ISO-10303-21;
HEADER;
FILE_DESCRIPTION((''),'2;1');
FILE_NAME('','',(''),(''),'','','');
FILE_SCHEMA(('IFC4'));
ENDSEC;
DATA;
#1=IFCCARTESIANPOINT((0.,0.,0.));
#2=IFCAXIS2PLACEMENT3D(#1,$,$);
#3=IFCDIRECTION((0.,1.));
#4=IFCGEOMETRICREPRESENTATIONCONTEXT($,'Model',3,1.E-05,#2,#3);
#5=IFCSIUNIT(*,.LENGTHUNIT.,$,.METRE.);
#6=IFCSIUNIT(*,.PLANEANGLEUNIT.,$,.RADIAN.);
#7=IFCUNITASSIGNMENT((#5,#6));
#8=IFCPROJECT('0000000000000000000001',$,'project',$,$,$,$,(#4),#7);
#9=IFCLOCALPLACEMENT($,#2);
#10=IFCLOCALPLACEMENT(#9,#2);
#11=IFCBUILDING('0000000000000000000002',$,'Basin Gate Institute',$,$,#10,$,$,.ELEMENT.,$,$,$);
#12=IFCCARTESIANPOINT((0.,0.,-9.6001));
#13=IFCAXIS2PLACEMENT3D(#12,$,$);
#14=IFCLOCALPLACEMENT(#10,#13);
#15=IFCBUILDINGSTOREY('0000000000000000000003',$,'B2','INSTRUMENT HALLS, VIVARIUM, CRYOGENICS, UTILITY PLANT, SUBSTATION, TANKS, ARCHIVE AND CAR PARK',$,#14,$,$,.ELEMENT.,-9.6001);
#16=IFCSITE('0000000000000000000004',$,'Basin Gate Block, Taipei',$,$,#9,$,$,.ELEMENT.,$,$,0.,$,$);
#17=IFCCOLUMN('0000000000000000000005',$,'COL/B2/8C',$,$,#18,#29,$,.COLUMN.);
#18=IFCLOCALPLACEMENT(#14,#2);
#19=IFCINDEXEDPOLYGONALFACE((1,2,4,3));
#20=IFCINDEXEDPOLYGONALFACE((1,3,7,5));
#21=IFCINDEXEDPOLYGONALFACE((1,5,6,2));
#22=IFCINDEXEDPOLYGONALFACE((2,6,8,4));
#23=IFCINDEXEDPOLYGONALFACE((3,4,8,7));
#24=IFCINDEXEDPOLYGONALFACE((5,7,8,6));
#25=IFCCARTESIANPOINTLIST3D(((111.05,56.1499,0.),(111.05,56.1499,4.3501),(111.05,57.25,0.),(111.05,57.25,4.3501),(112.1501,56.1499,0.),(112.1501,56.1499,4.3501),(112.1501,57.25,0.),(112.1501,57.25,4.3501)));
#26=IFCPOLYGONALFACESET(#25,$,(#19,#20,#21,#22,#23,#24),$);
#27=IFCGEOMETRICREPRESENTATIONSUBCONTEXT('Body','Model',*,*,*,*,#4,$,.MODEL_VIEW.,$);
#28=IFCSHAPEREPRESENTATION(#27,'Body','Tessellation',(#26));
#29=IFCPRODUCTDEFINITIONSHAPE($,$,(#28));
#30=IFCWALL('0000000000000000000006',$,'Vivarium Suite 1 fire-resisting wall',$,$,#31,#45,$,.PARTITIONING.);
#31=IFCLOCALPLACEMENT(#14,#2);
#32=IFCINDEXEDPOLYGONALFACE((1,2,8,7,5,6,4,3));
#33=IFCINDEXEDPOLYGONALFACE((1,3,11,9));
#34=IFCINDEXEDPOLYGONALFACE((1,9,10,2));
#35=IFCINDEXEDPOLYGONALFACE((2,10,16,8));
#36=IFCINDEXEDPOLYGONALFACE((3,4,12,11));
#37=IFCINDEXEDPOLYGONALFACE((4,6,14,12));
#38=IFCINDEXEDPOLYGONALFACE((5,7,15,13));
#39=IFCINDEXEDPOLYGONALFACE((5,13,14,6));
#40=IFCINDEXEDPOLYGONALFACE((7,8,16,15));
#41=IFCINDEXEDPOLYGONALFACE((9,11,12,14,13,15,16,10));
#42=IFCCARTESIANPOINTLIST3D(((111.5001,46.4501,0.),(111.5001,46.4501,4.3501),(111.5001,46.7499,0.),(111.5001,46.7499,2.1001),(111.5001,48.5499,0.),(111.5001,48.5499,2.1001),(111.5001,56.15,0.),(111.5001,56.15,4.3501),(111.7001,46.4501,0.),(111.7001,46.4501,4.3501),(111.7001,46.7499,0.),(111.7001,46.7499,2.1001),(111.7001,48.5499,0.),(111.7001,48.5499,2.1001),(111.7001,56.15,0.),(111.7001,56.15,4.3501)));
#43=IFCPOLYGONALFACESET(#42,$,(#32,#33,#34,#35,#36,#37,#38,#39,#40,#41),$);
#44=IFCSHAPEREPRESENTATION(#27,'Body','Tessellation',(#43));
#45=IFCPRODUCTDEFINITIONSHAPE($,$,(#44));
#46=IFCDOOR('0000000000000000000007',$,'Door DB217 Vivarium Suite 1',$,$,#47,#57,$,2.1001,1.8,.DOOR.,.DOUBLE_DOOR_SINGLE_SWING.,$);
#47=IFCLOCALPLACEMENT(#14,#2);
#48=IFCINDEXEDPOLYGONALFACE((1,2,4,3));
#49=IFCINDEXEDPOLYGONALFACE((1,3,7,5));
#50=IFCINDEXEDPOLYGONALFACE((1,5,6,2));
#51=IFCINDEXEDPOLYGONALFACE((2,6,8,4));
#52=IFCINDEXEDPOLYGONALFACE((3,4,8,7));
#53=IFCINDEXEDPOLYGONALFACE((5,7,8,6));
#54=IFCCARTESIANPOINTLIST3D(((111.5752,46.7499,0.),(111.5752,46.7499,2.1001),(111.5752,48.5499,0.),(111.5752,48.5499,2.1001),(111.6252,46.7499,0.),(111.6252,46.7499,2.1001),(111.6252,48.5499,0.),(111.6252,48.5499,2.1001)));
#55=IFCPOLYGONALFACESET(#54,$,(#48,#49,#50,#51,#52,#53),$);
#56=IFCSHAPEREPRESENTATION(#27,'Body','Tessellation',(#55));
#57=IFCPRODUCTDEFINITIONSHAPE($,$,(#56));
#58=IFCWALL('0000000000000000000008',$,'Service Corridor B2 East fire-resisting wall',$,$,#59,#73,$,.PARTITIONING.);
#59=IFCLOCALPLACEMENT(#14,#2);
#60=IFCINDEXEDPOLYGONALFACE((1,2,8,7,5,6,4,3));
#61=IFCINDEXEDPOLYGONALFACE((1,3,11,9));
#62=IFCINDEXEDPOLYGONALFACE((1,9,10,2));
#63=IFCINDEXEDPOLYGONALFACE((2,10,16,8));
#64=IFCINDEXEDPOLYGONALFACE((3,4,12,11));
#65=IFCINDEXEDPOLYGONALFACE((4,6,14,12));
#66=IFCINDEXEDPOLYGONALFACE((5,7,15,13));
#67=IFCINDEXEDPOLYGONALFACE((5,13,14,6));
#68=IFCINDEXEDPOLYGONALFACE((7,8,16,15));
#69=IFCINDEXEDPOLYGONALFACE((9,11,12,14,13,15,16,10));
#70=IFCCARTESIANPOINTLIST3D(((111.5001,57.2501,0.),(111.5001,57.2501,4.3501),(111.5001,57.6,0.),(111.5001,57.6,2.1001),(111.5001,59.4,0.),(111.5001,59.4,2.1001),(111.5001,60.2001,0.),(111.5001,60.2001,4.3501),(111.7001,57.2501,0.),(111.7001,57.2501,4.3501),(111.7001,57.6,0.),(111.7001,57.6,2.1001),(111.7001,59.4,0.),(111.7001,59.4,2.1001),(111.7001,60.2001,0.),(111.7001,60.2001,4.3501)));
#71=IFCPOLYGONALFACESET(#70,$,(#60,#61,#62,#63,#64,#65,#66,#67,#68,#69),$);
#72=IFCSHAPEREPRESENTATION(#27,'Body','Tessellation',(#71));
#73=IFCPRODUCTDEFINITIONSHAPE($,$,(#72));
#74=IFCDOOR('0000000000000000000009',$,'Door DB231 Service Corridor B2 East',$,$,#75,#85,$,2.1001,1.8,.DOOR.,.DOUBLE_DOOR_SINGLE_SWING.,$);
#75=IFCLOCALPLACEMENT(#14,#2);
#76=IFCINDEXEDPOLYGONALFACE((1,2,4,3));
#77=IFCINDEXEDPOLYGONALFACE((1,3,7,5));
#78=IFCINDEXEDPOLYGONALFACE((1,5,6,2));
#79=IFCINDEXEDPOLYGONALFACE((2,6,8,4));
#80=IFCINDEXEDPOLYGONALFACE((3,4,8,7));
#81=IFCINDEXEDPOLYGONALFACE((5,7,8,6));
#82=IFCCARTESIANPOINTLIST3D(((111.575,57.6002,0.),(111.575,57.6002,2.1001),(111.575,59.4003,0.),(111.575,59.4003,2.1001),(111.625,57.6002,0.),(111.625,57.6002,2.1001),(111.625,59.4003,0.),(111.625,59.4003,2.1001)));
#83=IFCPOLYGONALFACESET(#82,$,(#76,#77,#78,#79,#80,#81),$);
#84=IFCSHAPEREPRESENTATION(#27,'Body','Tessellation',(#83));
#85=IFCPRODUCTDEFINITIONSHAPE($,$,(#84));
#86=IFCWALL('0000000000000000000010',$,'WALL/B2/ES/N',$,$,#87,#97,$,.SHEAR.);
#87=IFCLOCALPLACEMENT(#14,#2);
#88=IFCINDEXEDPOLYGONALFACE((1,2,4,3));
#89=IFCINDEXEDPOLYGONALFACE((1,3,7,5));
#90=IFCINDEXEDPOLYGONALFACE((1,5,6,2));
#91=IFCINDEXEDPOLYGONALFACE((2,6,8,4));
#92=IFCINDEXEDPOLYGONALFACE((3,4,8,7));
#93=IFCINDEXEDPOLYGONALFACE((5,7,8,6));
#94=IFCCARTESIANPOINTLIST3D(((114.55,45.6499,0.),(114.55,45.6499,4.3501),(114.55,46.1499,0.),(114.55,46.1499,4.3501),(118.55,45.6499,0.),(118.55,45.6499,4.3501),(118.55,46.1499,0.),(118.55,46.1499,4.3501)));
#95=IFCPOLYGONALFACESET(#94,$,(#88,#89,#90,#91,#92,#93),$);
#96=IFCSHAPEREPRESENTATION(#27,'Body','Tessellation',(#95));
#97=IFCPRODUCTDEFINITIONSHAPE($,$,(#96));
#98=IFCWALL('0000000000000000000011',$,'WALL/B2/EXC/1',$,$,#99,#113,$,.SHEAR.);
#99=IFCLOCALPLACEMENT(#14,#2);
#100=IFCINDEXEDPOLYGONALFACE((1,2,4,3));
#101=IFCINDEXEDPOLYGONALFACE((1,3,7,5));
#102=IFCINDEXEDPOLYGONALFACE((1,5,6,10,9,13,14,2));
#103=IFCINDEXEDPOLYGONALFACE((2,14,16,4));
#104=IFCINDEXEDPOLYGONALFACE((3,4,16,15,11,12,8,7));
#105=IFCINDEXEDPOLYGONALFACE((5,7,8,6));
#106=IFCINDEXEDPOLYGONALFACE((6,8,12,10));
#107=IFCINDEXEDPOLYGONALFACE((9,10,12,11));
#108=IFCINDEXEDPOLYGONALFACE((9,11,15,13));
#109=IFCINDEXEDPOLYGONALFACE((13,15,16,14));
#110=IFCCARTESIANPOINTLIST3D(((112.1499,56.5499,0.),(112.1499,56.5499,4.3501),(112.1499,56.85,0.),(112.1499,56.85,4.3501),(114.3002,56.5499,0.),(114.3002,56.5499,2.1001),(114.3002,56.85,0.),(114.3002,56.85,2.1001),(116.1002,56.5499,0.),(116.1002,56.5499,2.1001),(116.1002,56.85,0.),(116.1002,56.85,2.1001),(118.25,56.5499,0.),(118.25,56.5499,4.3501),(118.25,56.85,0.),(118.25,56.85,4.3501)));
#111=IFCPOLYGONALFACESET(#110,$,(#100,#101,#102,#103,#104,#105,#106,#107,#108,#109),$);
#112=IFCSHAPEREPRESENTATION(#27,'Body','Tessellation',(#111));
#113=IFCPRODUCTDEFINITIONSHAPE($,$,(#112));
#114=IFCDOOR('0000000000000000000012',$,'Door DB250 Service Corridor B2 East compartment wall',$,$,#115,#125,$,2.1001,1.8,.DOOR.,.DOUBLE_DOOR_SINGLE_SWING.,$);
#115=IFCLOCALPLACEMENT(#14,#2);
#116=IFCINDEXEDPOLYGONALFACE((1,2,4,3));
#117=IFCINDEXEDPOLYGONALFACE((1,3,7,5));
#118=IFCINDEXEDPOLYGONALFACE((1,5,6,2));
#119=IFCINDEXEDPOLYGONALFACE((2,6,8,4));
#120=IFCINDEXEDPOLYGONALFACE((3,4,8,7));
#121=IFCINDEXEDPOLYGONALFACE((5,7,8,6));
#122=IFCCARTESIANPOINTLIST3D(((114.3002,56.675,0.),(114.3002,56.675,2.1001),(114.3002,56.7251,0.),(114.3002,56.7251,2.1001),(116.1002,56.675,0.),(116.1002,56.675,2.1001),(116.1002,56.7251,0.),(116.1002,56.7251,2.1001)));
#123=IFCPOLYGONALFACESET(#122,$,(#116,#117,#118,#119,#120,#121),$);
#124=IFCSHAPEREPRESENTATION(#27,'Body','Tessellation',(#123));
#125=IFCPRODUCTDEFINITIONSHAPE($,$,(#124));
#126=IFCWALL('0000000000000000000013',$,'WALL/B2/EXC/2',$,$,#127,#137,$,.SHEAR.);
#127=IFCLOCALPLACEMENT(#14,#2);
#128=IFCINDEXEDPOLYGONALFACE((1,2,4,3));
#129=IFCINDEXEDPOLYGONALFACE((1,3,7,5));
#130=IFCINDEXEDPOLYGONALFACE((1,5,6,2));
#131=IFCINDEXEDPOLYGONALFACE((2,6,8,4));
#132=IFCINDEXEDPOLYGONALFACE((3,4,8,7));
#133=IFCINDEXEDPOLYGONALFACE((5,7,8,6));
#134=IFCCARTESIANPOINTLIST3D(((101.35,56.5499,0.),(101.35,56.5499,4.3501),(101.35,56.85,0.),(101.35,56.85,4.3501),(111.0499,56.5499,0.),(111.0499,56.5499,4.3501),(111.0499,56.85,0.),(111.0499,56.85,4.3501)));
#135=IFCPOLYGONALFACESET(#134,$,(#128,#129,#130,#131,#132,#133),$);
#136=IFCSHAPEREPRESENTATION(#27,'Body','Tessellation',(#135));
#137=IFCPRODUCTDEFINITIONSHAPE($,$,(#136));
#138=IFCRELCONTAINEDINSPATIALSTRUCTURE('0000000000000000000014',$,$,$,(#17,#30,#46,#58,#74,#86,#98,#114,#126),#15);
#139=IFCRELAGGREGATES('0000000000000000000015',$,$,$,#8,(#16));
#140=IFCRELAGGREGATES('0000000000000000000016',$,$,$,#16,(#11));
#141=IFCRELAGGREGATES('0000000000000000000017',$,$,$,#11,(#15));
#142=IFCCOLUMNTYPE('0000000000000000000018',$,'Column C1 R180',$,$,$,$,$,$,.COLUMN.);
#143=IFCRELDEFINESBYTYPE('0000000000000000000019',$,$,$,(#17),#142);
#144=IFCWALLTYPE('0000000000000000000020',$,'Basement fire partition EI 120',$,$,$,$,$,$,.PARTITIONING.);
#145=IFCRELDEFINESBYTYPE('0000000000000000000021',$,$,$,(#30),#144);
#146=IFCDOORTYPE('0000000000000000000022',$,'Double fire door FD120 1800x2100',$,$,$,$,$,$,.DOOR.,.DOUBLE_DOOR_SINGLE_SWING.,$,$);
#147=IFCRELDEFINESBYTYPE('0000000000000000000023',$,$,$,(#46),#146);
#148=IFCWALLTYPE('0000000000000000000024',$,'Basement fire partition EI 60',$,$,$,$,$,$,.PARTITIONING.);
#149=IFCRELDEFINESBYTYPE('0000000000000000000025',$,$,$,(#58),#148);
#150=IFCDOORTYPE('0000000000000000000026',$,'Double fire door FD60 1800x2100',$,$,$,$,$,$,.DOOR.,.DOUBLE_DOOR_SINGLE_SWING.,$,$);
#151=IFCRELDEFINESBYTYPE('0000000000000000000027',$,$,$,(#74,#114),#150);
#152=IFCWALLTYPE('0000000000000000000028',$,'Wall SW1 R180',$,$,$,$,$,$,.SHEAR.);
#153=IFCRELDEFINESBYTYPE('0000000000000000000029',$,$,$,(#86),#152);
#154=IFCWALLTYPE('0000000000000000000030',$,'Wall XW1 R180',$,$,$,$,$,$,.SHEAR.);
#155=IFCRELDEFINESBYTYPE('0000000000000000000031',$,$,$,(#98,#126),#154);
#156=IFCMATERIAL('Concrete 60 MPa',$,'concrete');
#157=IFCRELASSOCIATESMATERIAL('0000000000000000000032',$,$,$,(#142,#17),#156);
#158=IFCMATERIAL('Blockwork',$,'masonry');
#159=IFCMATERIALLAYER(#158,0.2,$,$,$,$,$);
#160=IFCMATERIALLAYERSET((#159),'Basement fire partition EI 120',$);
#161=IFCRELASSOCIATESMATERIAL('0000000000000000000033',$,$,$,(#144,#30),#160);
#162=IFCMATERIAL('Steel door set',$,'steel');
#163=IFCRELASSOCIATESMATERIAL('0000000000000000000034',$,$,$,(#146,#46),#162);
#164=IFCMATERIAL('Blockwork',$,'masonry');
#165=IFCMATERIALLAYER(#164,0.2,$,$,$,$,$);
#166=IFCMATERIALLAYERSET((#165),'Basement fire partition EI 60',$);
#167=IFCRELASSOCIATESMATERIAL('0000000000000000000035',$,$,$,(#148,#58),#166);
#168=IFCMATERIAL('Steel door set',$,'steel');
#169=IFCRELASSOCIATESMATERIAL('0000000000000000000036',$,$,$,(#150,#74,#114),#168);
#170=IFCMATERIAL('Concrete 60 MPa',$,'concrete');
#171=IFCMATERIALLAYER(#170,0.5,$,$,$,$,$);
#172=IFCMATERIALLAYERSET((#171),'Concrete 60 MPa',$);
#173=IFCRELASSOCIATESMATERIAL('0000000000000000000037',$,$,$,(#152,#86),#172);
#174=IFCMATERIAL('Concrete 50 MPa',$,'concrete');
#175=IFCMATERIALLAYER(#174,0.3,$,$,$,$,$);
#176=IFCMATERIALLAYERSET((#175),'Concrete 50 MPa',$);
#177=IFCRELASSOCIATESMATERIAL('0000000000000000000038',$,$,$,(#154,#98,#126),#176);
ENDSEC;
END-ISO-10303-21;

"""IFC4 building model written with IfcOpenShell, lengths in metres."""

from ifc_helpers import new_model, si_unit, direction, frame, frame_2d, origin, origin_2d, place, context, subcontext, project, spatial, rectangle, extrude, material, layer, layer_set, material_profile, profile_set, type_object, element, fill, save


model = new_model("IFC4")

# Units and contexts
model_context = context("Model", 3, precision=1e-05, world=origin(), true_north=direction((0.0, 1.0)))
body_context = subcontext(model_context, "Body", "Model", "MODEL_VIEW")
ifc_project = project(units=[si_unit("LENGTHUNIT", "METRE"), si_unit("PLANEANGLEUNIT", "RADIAN")], contexts=[model_context])

# Site, building, storey
site_placement = place(None, origin())
site = spatial("IfcSite", under=ifc_project, at=site_placement, Name="Basin Gate Block, Taipei", CompositionType="ELEMENT", RefElevation=0.0)
building_placement = place(site_placement, origin())
building = spatial("IfcBuilding", under=site, at=building_placement, Name="Basin Gate Institute", CompositionType="ELEMENT")
storey_placement = place(building_placement, frame((0.0, 0.0, -9.6001)))
storey = spatial("IfcBuildingStorey", under=building, at=storey_placement, Name="B2", Description="INSTRUMENT HALLS, VIVARIUM, CRYOGENICS, UTILITY PLANT, SUBSTATION, TANKS, ARCHIVE AND CAR PARK", CompositionType="ELEMENT", Elevation=-9.6001)

# Column
ifc_material_1 = material(Name="Concrete 60 MPa", Category="concrete")
ifc_material_profile_1 = material_profile(ifc_material_1, rectangle(XDim=1.1001, YDim=1.1001, at=origin_2d()), Name="Column C1 1100 x 1100")
ifc_profile_set_1 = profile_set([ifc_material_profile_1], Name="Concrete 60 MPa")
column_type = type_object("IfcColumnType", Name="Column C1 R180", PredefinedType="COLUMN", material=ifc_profile_set_1)
column_placement = place(storey_placement, frame((111.6001, 56.7, 0.0), z_axis=(0.0, 0.0, 1.0), x_axis=(1.0, 0.0, 0.0)))
element("IfcColumn", 1, at=column_placement, inside=storey, type_object=column_type, material=ifc_profile_set_1, Name="COL/B2/8C", PredefinedType="COLUMN", context=body_context, shape_type="SweptSolid", body=[
    extrude(rectangle(XDim=1.1001, YDim=1.1001, at=origin_2d()), origin(), (0.0, 0.0, 1.0), 4.3501),
])

# Walls, openings, doors
ifc_material_2 = material(Name="Blockwork", Category="masonry")
ifc_layer_1 = layer(ifc_material_2, 0.2)
ifc_layer_set_1 = layer_set([ifc_layer_1], Name="Basement fire partition EI 120")
wall_type_1 = type_object("IfcWallType", Name="Basement fire partition EI 120", PredefinedType="PARTITIONING", material=ifc_layer_set_1)
wall_1_placement = place(storey_placement, frame((111.6001, 46.45, 0.0), z_axis=(0.0, 0.0, 1.0), x_axis=(0.0, 1.0, 0.0)))
wall_1 = element("IfcWall", 2, at=wall_1_placement, inside=storey, type_object=wall_type_1, material=ifc_layer_set_1, Name="Vivarium Suite 1 fire-resisting wall", PredefinedType="PARTITIONING", context=body_context, shape_type="SweptSolid", body=[
    extrude(rectangle(XDim=9.7, YDim=0.2, at=frame_2d((4.8501, 0.0))), origin(), (0.0, 0.0, 1.0), 4.3501),
])
opening_1_placement = place(wall_1_placement, frame((0.3, 0.0, 0.0)))
opening_1 = element("IfcOpeningElement", 3, at=opening_1_placement, cuts=wall_1, PredefinedType="OPENING", context=body_context, shape_type="SweptSolid", body=[
    extrude(rectangle(XDim=1.8, YDim=2.1001, at=frame_2d((0.8999, 1.05))), frame((0.0, 0.1099, 0.0), z_axis=(0.0, -1.0, 0.0), x_axis=(1.0, 0.0, 0.0)), (0.0, 0.0, 1.0), 0.22),
])
ifc_material_3 = material(Name="Steel door set", Category="steel")
door_type_1 = type_object("IfcDoorType", Name="Double fire door FD120 1800x2100", OperationType="DOUBLE_DOOR_SINGLE_SWING", PredefinedType="DOOR", material=ifc_material_3)
door_1_placement = place(opening_1_placement, origin())
door_1 = element("IfcDoor", 4, at=door_1_placement, inside=storey, type_object=door_type_1, material=ifc_material_3, Name="Door DB217 Vivarium Suite 1", OperationType="DOUBLE_DOOR_SINGLE_SWING", OverallHeight=2.1001, OverallWidth=1.8, PredefinedType="DOOR", context=body_context, shape_type="SweptSolid", body=[
    extrude(rectangle(XDim=1.8, YDim=2.1001, at=frame_2d((0.8999, 1.05))), frame((0.0, 0.0249, 0.0), z_axis=(0.0, -1.0, 0.0), x_axis=(1.0, 0.0, 0.0)), (0.0, 0.0, 1.0), 0.05),
])
fill(opening_1, door_1)
ifc_material_4 = material(Name="Blockwork", Category="masonry")
ifc_layer_2 = layer(ifc_material_4, 0.2)
ifc_layer_set_2 = layer_set([ifc_layer_2], Name="Basement fire partition EI 60")
wall_type_2 = type_object("IfcWallType", Name="Basement fire partition EI 60", PredefinedType="PARTITIONING", material=ifc_layer_set_2)
wall_2_placement = place(storey_placement, frame((111.6001, 57.25, 0.0), z_axis=(0.0, 0.0, 1.0), x_axis=(0.0, 1.0, 0.0)))
wall_2 = element("IfcWall", 5, at=wall_2_placement, inside=storey, type_object=wall_type_2, material=ifc_layer_set_2, Name="Service Corridor B2 East fire-resisting wall", PredefinedType="PARTITIONING", context=body_context, shape_type="SweptSolid", body=[
    extrude(rectangle(XDim=2.95, YDim=0.2, at=frame_2d((1.4751, 0.0))), origin(), (0.0, 0.0, 1.0), 4.3501),
])
opening_2_placement = place(wall_2_placement, frame((0.3501, 0.0, 0.0)))
opening_2 = element("IfcOpeningElement", 6, at=opening_2_placement, cuts=wall_2, PredefinedType="OPENING", context=body_context, shape_type="SweptSolid", body=[
    extrude(rectangle(XDim=1.8, YDim=2.1001, at=frame_2d((0.8999, 1.05))), frame((0.0, 0.1099, 0.0), z_axis=(0.0, -1.0, 0.0), x_axis=(1.0, 0.0, 0.0)), (0.0, 0.0, 1.0), 0.22),
])
ifc_material_5 = material(Name="Steel door set", Category="steel")
door_type_2 = type_object("IfcDoorType", Name="Double fire door FD60 1800x2100", OperationType="DOUBLE_DOOR_SINGLE_SWING", PredefinedType="DOOR", material=ifc_material_5)
door_2_placement = place(opening_2_placement, frame((1.8, 0.0, 0.0), z_axis=(0.0, 0.0, 1.0), x_axis=(-1.0, 0.0, 0.0)))
door_2 = element("IfcDoor", 7, at=door_2_placement, inside=storey, type_object=door_type_2, material=ifc_material_5, Name="Door DB231 Service Corridor B2 East", OperationType="DOUBLE_DOOR_SINGLE_SWING", OverallHeight=2.1001, OverallWidth=1.8, PredefinedType="DOOR", context=body_context, shape_type="SweptSolid", body=[
    extrude(rectangle(XDim=1.8, YDim=2.1001, at=frame_2d((0.8999, 1.05))), frame((0.0, 0.0249, 0.0), z_axis=(0.0, -1.0, 0.0), x_axis=(1.0, 0.0, 0.0)), (0.0, 0.0, 1.0), 0.05),
])
fill(opening_2, door_2)

# Wall
ifc_material_6 = material(Name="Concrete 60 MPa", Category="concrete")
ifc_layer_3 = layer(ifc_material_6, 0.5)
ifc_layer_set_3 = layer_set([ifc_layer_3], Name="Concrete 60 MPa")
wall_type_3 = type_object("IfcWallType", Name="Wall SW1 R180", PredefinedType="SHEAR", material=ifc_layer_set_3)
wall_3_placement = place(storey_placement, frame((118.55, 45.8999, 0.0), z_axis=(0.0, 0.0, 1.0), x_axis=(-1.0, 0.0, 0.0)))
element("IfcWall", 8, at=wall_3_placement, inside=storey, type_object=wall_type_3, material=ifc_layer_set_3, Name="WALL/B2/ES/N", PredefinedType="SHEAR", context=body_context, shape_type="SweptSolid", body=[
    extrude(rectangle(XDim=4.0, YDim=0.5, at=frame_2d((2.0, 0.0))), origin(), (0.0, 0.0, 1.0), 4.3501),
])

# Wall, opening, door
ifc_material_7 = material(Name="Concrete 50 MPa", Category="concrete")
ifc_layer_4 = layer(ifc_material_7, 0.3)
ifc_layer_set_4 = layer_set([ifc_layer_4], Name="Concrete 50 MPa")
wall_type_4 = type_object("IfcWallType", Name="Wall XW1 R180", PredefinedType="SHEAR", material=ifc_layer_set_4)
wall_4_placement = place(storey_placement, frame((118.25, 56.7, 0.0), z_axis=(0.0, 0.0, 1.0), x_axis=(-1.0, 0.0, 0.0)))
wall_4 = element("IfcWall", 9, at=wall_4_placement, inside=storey, type_object=wall_type_4, material=ifc_layer_set_4, Name="WALL/B2/EXC/1", PredefinedType="SHEAR", context=body_context, shape_type="SweptSolid", body=[
    extrude(rectangle(XDim=6.1001, YDim=0.3, at=frame_2d((3.05, 0.0))), origin(), (0.0, 0.0, 1.0), 4.3501),
])
opening_3_placement = place(wall_4_placement, frame((2.1499, 0.0, 0.0)))
opening_3 = element("IfcOpeningElement", 10, at=opening_3_placement, cuts=wall_4, PredefinedType="OPENING", context=body_context, shape_type="SweptSolid", body=[
    extrude(rectangle(XDim=1.8, YDim=2.1001, at=frame_2d((0.8999, 1.05))), frame((0.0, 0.1602, 0.0), z_axis=(0.0, -1.0, 0.0), x_axis=(1.0, 0.0, 0.0)), (0.0, 0.0, 1.0), 0.3201),
])
door_3_placement = place(opening_3_placement, origin())
door_3 = element("IfcDoor", 11, at=door_3_placement, inside=storey, type_object=door_type_2, material=ifc_material_5, Name="Door DB250 Service Corridor B2 East compartment wall", OperationType="DOUBLE_DOOR_SINGLE_SWING", OverallHeight=2.1001, OverallWidth=1.8, PredefinedType="DOOR", context=body_context, shape_type="SweptSolid", body=[
    extrude(rectangle(XDim=1.8, YDim=2.1001, at=frame_2d((0.8999, 1.05))), frame((0.0, 0.0249, 0.0), z_axis=(0.0, -1.0, 0.0), x_axis=(1.0, 0.0, 0.0)), (0.0, 0.0, 1.0), 0.05),
])
fill(opening_3, door_3)

# Wall
wall_5_placement = place(storey_placement, frame((111.05, 56.7, 0.0), z_axis=(0.0, 0.0, 1.0), x_axis=(-1.0, 0.0, 0.0)))
element("IfcWall", 12, at=wall_5_placement, inside=storey, type_object=wall_type_4, material=ifc_layer_set_4, Name="WALL/B2/EXC/2", PredefinedType="SHEAR", context=body_context, shape_type="SweptSolid", body=[
    extrude(rectangle(XDim=9.7, YDim=0.3, at=frame_2d((4.8501, 0.0))), origin(), (0.0, 0.0, 1.0), 4.3501),
])

save(model, "model.ifc")
